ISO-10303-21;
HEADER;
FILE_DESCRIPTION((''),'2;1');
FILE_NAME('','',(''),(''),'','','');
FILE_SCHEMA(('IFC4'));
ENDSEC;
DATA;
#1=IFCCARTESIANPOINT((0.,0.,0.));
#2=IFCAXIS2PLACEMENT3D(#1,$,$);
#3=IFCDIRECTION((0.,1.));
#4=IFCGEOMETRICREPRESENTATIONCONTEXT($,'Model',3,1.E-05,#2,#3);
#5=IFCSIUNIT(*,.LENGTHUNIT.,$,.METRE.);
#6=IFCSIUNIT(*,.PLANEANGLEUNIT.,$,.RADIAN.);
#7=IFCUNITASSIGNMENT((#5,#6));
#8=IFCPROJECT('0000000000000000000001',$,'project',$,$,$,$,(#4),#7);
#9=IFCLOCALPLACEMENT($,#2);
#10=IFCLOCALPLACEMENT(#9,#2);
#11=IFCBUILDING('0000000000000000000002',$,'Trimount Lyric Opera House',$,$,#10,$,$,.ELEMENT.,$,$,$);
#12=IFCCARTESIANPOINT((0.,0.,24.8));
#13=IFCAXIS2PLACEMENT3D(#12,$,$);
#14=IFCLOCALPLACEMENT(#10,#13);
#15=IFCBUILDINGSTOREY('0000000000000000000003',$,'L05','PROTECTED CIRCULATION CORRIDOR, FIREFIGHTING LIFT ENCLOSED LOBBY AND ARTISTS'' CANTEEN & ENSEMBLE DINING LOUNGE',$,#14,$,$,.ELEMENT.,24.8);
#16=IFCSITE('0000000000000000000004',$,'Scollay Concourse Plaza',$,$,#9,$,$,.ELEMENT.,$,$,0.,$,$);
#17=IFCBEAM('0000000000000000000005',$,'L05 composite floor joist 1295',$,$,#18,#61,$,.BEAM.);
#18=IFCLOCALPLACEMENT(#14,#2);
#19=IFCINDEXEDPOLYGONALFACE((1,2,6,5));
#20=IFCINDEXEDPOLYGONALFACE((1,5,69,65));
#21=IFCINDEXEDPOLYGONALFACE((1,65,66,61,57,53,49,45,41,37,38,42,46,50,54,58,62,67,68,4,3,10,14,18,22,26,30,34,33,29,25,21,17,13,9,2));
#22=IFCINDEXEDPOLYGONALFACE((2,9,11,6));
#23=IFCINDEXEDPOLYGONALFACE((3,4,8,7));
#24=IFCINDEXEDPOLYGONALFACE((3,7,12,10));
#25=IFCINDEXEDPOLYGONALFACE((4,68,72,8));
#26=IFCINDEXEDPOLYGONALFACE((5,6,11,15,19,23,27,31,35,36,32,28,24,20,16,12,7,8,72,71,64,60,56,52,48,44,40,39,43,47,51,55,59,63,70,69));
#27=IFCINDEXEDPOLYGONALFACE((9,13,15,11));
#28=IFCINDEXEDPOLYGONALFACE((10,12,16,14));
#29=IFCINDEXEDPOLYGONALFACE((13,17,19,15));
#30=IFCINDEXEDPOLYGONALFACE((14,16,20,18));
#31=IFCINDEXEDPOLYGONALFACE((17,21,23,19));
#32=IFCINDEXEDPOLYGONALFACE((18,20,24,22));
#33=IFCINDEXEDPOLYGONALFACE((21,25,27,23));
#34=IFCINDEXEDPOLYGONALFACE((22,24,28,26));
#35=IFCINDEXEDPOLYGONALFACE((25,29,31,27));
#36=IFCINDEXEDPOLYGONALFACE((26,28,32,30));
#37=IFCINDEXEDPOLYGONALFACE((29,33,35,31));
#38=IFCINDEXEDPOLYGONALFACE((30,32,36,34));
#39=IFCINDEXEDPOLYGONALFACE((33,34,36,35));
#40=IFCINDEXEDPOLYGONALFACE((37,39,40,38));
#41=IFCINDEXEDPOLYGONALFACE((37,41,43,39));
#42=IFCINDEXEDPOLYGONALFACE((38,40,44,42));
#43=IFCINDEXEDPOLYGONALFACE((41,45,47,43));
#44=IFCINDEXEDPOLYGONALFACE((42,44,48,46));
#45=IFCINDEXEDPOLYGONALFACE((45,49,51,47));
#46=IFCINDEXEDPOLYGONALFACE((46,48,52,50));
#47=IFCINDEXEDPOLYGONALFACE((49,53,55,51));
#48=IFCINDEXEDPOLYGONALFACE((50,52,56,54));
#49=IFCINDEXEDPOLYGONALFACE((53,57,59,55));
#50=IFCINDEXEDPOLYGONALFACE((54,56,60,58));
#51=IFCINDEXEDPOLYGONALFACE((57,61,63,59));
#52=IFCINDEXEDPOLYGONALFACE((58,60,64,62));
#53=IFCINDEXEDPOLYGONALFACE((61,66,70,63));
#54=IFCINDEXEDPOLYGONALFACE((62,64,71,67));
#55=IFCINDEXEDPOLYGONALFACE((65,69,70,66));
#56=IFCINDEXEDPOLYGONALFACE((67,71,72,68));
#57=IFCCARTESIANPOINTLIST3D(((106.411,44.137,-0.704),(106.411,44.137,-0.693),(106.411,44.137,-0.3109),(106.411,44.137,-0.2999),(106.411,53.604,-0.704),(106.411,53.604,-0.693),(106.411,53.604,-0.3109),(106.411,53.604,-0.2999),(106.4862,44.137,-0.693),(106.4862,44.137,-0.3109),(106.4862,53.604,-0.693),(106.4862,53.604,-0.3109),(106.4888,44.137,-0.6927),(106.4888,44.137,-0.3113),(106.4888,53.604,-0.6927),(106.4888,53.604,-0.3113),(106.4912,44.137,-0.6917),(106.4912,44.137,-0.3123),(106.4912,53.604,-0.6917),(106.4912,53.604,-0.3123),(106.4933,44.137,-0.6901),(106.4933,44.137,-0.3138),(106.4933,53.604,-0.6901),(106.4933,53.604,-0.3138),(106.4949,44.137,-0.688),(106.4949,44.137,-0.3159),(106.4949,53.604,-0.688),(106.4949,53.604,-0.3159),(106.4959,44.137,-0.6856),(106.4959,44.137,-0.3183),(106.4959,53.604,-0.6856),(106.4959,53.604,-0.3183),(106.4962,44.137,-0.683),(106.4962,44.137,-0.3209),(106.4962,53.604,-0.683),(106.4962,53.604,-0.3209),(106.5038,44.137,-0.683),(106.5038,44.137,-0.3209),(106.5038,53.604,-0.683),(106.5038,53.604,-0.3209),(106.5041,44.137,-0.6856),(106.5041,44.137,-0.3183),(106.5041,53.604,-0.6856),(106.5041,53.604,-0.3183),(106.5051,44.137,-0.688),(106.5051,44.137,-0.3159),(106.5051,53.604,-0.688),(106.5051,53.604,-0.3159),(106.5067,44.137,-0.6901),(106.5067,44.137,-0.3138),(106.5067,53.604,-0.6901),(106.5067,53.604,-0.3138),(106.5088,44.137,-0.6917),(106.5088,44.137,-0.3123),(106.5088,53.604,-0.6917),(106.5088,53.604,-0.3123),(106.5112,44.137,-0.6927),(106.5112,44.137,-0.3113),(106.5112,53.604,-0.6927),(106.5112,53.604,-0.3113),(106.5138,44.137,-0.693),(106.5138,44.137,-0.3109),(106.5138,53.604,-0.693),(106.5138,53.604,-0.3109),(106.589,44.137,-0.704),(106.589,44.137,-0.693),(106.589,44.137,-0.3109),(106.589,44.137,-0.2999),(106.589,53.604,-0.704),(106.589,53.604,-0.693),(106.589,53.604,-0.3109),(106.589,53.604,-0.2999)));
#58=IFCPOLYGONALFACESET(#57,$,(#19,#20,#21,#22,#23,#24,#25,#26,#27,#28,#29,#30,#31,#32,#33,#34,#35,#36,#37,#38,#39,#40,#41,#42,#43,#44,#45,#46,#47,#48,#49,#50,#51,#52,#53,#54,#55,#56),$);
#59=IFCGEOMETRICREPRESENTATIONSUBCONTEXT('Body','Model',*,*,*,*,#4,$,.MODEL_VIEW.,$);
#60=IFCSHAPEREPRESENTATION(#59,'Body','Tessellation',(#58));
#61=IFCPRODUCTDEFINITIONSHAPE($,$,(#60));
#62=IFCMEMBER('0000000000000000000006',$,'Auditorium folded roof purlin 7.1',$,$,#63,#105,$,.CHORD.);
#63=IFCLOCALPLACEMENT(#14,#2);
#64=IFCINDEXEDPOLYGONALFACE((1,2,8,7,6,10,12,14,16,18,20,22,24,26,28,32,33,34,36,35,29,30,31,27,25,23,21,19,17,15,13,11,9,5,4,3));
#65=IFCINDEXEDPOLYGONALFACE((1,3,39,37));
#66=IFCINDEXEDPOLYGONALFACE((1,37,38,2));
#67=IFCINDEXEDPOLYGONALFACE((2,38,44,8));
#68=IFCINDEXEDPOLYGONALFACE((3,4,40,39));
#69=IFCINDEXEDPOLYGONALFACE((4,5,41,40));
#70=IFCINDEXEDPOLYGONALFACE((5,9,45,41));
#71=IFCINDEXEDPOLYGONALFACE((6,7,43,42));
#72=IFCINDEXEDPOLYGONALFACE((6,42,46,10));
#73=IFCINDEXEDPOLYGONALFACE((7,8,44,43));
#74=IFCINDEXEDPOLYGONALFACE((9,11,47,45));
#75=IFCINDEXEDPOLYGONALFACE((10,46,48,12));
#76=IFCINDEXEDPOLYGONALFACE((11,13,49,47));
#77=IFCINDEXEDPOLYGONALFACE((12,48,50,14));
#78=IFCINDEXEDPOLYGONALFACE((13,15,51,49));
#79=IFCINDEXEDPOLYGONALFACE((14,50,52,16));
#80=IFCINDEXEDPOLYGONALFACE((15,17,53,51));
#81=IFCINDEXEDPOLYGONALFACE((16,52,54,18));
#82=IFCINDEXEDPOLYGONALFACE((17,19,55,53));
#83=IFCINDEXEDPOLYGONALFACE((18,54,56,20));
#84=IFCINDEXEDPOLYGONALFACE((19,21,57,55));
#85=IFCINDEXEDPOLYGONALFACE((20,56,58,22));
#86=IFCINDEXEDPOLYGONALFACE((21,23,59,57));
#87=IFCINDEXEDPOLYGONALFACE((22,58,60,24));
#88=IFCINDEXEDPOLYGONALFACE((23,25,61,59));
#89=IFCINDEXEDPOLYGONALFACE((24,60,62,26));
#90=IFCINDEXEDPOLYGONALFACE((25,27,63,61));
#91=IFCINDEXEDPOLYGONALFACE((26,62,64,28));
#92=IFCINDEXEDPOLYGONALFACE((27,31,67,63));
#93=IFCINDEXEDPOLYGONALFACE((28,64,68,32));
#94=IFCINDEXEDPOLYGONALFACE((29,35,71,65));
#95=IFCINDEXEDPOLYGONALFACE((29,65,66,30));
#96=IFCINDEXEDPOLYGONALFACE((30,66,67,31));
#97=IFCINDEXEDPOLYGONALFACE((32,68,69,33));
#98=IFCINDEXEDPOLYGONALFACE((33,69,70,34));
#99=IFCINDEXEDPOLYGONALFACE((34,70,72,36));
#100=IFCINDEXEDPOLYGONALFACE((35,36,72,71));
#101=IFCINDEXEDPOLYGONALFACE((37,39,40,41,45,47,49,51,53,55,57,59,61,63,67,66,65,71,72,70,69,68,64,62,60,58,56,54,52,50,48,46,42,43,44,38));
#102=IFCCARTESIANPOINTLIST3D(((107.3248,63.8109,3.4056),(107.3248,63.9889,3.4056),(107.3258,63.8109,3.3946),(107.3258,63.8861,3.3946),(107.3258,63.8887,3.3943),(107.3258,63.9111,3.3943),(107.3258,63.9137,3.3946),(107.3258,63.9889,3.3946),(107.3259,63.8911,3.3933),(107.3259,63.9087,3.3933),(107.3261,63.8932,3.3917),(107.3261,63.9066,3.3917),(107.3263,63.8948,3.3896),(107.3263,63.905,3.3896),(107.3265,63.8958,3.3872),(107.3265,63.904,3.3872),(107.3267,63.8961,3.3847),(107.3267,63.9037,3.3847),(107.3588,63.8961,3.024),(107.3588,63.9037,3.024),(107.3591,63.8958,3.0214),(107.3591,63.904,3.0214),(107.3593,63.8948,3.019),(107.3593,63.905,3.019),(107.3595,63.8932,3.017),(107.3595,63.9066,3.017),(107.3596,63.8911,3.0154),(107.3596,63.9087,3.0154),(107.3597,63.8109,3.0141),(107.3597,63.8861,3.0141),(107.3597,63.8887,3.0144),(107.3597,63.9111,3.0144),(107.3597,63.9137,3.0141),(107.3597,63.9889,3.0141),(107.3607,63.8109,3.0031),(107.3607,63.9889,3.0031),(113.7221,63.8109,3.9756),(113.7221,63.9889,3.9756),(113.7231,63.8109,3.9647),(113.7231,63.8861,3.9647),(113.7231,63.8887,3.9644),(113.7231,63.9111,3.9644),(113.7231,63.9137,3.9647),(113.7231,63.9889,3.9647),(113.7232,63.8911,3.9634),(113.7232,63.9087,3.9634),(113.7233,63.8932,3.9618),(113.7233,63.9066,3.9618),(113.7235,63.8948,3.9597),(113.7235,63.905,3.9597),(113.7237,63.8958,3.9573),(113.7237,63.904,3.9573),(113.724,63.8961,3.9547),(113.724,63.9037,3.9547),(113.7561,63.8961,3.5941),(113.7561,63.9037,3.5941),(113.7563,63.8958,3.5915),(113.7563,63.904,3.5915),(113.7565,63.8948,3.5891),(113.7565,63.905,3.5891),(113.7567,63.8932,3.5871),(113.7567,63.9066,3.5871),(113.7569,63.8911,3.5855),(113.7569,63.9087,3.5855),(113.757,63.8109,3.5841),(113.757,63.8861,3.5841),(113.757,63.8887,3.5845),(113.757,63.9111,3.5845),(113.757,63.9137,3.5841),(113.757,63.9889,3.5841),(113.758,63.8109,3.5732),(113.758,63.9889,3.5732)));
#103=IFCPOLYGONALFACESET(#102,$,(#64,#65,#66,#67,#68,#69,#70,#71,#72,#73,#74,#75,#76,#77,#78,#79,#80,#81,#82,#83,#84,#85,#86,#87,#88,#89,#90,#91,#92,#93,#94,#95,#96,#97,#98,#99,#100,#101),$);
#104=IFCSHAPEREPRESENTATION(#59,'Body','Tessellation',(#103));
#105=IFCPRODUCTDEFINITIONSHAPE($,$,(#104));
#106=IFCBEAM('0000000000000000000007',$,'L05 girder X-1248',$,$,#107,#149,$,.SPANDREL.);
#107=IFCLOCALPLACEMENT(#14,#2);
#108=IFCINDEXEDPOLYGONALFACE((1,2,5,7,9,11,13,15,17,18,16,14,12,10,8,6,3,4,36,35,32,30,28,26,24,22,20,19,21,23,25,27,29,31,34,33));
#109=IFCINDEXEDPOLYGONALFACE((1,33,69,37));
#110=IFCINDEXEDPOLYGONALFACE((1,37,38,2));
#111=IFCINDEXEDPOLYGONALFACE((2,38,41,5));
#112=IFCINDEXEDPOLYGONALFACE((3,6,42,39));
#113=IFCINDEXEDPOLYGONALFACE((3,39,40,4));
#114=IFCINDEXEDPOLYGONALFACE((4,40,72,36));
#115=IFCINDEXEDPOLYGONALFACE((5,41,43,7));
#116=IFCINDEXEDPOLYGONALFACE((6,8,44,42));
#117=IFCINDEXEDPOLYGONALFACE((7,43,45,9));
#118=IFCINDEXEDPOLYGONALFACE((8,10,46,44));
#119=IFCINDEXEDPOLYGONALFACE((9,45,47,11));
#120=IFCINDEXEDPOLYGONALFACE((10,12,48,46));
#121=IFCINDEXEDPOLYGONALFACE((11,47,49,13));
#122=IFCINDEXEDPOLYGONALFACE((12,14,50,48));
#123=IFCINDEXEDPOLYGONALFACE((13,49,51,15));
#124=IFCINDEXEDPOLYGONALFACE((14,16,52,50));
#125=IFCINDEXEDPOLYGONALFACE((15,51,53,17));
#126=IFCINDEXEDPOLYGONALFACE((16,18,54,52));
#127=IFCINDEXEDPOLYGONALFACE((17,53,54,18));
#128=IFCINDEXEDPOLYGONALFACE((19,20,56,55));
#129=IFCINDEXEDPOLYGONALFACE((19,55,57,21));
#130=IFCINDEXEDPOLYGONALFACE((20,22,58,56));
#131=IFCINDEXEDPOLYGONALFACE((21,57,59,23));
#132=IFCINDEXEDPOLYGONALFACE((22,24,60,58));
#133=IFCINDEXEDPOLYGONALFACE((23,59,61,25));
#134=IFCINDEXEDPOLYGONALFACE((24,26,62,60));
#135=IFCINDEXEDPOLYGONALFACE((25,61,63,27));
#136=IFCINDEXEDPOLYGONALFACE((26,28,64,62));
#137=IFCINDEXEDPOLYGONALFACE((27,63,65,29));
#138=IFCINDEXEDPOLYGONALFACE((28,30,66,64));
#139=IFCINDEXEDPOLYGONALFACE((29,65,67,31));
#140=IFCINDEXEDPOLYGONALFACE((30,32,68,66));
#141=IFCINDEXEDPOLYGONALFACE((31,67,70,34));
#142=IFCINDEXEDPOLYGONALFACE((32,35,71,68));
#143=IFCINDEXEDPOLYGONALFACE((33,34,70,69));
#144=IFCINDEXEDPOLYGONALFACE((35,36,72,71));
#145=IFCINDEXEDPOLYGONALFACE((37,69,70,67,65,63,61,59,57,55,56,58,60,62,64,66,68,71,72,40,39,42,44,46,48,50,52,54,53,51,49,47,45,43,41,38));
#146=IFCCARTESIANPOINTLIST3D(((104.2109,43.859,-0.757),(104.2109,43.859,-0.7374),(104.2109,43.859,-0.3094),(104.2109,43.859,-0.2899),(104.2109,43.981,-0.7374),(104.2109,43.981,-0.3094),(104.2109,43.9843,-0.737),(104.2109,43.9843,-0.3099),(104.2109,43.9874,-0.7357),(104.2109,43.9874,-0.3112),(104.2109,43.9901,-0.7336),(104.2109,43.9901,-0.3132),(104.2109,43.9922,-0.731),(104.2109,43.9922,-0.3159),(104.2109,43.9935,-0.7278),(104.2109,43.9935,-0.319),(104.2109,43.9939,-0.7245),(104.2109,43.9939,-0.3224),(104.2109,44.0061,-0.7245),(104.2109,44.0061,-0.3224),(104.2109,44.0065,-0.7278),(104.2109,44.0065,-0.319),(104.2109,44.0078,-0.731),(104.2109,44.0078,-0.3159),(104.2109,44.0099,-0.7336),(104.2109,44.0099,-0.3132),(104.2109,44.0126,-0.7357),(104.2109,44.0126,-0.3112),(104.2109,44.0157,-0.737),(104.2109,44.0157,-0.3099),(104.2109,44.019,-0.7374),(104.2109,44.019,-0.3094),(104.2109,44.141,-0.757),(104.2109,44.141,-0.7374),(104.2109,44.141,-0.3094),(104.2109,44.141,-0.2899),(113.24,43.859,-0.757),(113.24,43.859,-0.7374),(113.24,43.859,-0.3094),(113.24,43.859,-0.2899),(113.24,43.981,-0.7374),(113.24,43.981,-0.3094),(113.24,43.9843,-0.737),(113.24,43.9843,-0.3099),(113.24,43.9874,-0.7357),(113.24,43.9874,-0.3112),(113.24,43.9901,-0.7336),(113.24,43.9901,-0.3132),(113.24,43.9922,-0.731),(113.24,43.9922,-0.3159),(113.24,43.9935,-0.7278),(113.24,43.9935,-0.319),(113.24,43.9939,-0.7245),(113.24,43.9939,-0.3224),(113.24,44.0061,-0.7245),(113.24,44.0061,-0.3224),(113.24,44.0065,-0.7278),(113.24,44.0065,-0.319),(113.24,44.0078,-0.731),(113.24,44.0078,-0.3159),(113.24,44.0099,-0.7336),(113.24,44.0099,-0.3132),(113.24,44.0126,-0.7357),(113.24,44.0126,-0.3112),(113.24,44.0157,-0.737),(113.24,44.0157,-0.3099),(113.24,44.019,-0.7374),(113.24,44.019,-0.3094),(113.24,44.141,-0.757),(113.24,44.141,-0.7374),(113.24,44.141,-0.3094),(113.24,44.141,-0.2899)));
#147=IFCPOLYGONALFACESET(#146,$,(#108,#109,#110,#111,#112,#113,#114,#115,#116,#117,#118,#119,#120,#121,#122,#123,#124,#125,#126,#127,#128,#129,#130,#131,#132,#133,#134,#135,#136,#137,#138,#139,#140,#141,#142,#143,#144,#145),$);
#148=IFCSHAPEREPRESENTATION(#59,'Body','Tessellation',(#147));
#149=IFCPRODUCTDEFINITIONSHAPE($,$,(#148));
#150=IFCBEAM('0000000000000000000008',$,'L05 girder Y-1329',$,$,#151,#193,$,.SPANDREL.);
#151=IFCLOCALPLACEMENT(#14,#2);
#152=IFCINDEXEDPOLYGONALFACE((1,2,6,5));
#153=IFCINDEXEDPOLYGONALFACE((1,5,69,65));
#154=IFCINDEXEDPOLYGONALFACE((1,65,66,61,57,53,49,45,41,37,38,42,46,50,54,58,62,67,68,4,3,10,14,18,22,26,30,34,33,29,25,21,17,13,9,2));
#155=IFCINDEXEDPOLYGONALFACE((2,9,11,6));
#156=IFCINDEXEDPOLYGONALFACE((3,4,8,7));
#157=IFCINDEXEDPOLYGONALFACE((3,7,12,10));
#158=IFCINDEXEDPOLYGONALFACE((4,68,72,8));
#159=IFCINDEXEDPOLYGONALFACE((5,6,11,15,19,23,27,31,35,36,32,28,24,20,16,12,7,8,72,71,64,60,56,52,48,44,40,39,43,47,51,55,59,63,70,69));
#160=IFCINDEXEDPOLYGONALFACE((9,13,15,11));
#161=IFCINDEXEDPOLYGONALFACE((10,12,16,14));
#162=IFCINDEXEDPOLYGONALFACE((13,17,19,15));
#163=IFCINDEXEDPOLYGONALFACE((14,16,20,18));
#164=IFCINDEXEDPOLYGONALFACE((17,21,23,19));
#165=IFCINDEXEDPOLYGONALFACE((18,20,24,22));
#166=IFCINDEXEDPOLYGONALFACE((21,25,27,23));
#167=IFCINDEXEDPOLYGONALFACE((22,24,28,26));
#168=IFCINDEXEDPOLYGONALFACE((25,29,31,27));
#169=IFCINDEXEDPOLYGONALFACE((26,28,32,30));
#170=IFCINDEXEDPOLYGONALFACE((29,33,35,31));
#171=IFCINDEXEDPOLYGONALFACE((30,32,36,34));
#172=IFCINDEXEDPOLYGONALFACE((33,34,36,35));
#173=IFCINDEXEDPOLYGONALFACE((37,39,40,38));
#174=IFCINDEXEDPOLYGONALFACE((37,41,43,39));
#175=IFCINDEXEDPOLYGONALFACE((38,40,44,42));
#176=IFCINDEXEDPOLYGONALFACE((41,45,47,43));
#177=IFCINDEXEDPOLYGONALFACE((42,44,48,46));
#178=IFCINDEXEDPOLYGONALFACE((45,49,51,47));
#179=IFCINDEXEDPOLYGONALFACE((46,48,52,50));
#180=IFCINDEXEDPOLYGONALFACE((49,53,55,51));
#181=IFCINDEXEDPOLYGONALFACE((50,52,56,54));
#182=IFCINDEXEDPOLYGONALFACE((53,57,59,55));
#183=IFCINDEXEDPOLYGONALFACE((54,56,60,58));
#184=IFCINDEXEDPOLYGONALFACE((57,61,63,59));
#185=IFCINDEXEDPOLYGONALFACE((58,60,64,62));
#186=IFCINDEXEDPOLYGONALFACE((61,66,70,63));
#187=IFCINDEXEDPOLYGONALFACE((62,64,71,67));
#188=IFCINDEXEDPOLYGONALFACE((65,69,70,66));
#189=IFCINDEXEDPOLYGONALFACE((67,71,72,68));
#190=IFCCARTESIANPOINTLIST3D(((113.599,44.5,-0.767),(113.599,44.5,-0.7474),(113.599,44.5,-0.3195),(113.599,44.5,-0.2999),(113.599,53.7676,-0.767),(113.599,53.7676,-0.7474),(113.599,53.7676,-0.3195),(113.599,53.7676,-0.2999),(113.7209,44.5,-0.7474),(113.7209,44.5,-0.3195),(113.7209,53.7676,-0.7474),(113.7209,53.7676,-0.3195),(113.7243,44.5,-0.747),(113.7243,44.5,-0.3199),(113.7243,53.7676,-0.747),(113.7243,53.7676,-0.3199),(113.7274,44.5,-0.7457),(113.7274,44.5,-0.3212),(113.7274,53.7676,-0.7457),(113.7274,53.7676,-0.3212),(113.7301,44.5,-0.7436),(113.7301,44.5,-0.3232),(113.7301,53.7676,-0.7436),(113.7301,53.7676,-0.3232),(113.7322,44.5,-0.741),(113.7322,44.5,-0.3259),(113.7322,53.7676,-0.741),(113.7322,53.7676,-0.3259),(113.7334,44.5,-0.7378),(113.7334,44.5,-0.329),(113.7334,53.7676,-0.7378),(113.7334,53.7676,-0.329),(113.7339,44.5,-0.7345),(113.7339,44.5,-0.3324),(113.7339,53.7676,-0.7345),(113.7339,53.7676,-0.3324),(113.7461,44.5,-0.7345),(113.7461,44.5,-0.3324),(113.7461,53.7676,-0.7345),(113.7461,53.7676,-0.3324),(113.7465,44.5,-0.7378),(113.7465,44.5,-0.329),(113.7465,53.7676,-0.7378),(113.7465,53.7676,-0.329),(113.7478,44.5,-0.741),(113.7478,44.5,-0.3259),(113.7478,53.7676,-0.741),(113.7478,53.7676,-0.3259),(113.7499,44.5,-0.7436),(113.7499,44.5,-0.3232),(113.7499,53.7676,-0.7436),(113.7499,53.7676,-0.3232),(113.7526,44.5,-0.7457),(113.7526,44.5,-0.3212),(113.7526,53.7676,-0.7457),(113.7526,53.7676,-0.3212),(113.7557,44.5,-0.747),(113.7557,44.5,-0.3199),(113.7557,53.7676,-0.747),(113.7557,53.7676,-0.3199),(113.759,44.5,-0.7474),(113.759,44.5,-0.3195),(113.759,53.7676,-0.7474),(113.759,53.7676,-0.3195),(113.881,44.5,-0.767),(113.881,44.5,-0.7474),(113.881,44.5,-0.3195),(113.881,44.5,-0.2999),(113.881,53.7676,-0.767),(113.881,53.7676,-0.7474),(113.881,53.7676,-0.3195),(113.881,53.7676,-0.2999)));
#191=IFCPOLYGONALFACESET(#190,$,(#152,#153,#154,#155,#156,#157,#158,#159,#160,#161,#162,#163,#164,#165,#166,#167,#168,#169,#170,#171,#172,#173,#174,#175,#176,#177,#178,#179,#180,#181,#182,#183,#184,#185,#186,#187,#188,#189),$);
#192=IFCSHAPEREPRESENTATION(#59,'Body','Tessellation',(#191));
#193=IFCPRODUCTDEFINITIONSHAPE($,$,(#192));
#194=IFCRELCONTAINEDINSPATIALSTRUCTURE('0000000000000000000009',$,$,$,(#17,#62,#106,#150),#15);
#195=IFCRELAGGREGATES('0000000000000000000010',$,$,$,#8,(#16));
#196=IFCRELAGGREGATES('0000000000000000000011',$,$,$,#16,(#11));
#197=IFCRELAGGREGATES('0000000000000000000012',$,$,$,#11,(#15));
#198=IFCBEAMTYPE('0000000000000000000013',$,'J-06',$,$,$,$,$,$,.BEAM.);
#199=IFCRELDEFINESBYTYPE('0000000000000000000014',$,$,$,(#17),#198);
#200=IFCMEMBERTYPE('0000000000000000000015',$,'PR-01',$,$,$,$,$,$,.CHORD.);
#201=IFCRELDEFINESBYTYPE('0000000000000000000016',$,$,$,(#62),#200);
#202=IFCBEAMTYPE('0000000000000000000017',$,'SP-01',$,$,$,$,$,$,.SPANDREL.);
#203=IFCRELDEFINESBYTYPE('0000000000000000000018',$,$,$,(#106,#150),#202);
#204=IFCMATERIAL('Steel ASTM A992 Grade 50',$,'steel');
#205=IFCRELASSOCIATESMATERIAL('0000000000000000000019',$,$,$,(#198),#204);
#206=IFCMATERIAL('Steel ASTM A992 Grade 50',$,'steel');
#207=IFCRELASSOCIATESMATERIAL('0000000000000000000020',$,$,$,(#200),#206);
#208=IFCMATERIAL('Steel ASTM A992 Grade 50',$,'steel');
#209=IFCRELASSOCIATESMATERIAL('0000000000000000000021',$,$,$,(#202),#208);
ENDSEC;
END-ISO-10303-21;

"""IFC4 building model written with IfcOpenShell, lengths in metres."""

from ifc_helpers import new_model, si_unit, direction, frame, origin, origin_2d, place, context, subcontext, project, spatial, i_section, extrude, material, material_profile, profile_set, type_object, element, save


model = new_model("IFC4")

# Units and contexts
model_context = context("Model", 3, precision=1e-05, world=origin(), true_north=direction((0.0, 1.0)))
body_context = subcontext(model_context, "Body", "Model", "MODEL_VIEW")
ifc_project = project(units=[si_unit("LENGTHUNIT", "METRE"), si_unit("PLANEANGLEUNIT", "RADIAN")], contexts=[model_context])

# Site, building, storey
site_placement = place(None, origin())
site = spatial("IfcSite", under=ifc_project, at=site_placement, Name="Scollay Concourse Plaza", CompositionType="ELEMENT", RefElevation=0.0)
building_placement = place(site_placement, origin())
building = spatial("IfcBuilding", under=site, at=building_placement, Name="Trimount Lyric Opera House", CompositionType="ELEMENT")
storey_placement = place(building_placement, frame((0.0, 0.0, 24.8)))
storey = spatial("IfcBuildingStorey", under=building, at=storey_placement, Name="L05", Description="PROTECTED CIRCULATION CORRIDOR, FIREFIGHTING LIFT ENCLOSED LOBBY AND ARTISTS' CANTEEN & ENSEMBLE DINING LOUNGE", CompositionType="ELEMENT", Elevation=24.8)

# Beam
ifc_material_1 = material(Name="Steel ASTM A992 Grade 50", Category="steel")
ifc_material_profile_1 = material_profile(ifc_material_1, i_section(OverallWidth=0.178, OverallDepth=0.4041, WebThickness=0.0076, FlangeThickness=0.011, FilletRadius=0.01, at=origin_2d()), Name="W16X36")
ifc_profile_set_1 = profile_set([ifc_material_profile_1], Name="Steel ASTM A992 Grade 50")
beam_type_1 = type_object("IfcBeamType", Name="J-06", PredefinedType="BEAM", material=ifc_profile_set_1)
beam_1_placement = place(storey_placement, frame((106.5, 44.137, -0.502), z_axis=(0.0, 1.0, 0.0), x_axis=(-1.0, 0.0, 0.0)))
element("IfcBeam", 1, at=beam_1_placement, inside=storey, type_object=beam_type_1, Name="L05 composite floor joist 1295", PredefinedType="BEAM", context=body_context, shape_type="SweptSolid", body=[
    extrude(i_section(OverallWidth=0.178, OverallDepth=0.4041, WebThickness=0.0076, FlangeThickness=0.011, FilletRadius=0.01, at=origin_2d()), origin(), (0.0, 0.0, 1.0), 9.467),
])

# Member
ifc_material_2 = material(Name="Steel ASTM A992 Grade 50", Category="steel")
ifc_material_profile_2 = material_profile(ifc_material_2, i_section(OverallWidth=0.178, OverallDepth=0.4041, WebThickness=0.0076, FlangeThickness=0.011, FilletRadius=0.01, at=origin_2d()), Name="W16X36")
ifc_profile_set_2 = profile_set([ifc_material_profile_2], Name="Steel ASTM A992 Grade 50")
member_type = type_object("IfcMemberType", Name="PR-01", PredefinedType="CHORD", material=ifc_profile_set_2)
member_placement = place(storey_placement, frame((107.3428, 63.8999, 3.2043), z_axis=(0.996053, 0.0, 0.08876), x_axis=(0.0, 1.0, 0.0)))
element("IfcMember", 2, at=member_placement, inside=storey, type_object=member_type, Name="Auditorium folded roof purlin 7.1", PredefinedType="CHORD", context=body_context, shape_type="SweptSolid", body=[
    extrude(i_section(OverallWidth=0.178, OverallDepth=0.4041, WebThickness=0.0076, FlangeThickness=0.011, FilletRadius=0.01, at=origin_2d()), origin(), (0.0, 0.0, 1.0), 6.4226),
])

# Beams
ifc_material_3 = material(Name="Steel ASTM A992 Grade 50", Category="steel")
ifc_material_profile_3 = material_profile(ifc_material_3, i_section(OverallWidth=0.282, OverallDepth=0.467, WebThickness=0.0122, FlangeThickness=0.0195, FilletRadius=0.0129, at=origin_2d()), Name="W18X86")
ifc_profile_set_3 = profile_set([ifc_material_profile_3], Name="Steel ASTM A992 Grade 50")
beam_type_2 = type_object("IfcBeamType", Name="SP-01", PredefinedType="SPANDREL", material=ifc_profile_set_3)
beam_2_placement = place(storey_placement, frame((104.2109, 44.0, -0.5234), z_axis=(1.0, 0.0, 0.0), x_axis=(0.0, 1.0, 0.0)))
element("IfcBeam", 3, at=beam_2_placement, inside=storey, type_object=beam_type_2, Name="L05 girder X-1248", PredefinedType="SPANDREL", context=body_context, shape_type="SweptSolid", body=[
    extrude(i_section(OverallWidth=0.282, OverallDepth=0.467, WebThickness=0.0122, FlangeThickness=0.0195, FilletRadius=0.0129, at=origin_2d()), origin(), (0.0, 0.0, 1.0), 9.0291),
])
beam_3_placement = place(storey_placement, frame((113.74, 44.5, -0.5334), z_axis=(0.0, 1.0, 0.0), x_axis=(-1.0, 0.0, 0.0)))
element("IfcBeam", 4, at=beam_3_placement, inside=storey, type_object=beam_type_2, Name="L05 girder Y-1329", PredefinedType="SPANDREL", context=body_context, shape_type="SweptSolid", body=[
    extrude(i_section(OverallWidth=0.282, OverallDepth=0.467, WebThickness=0.0122, FlangeThickness=0.0195, FilletRadius=0.0129, at=origin_2d()), origin(), (0.0, 0.0, 1.0), 9.2676),
])

save(model, "model.ifc")
